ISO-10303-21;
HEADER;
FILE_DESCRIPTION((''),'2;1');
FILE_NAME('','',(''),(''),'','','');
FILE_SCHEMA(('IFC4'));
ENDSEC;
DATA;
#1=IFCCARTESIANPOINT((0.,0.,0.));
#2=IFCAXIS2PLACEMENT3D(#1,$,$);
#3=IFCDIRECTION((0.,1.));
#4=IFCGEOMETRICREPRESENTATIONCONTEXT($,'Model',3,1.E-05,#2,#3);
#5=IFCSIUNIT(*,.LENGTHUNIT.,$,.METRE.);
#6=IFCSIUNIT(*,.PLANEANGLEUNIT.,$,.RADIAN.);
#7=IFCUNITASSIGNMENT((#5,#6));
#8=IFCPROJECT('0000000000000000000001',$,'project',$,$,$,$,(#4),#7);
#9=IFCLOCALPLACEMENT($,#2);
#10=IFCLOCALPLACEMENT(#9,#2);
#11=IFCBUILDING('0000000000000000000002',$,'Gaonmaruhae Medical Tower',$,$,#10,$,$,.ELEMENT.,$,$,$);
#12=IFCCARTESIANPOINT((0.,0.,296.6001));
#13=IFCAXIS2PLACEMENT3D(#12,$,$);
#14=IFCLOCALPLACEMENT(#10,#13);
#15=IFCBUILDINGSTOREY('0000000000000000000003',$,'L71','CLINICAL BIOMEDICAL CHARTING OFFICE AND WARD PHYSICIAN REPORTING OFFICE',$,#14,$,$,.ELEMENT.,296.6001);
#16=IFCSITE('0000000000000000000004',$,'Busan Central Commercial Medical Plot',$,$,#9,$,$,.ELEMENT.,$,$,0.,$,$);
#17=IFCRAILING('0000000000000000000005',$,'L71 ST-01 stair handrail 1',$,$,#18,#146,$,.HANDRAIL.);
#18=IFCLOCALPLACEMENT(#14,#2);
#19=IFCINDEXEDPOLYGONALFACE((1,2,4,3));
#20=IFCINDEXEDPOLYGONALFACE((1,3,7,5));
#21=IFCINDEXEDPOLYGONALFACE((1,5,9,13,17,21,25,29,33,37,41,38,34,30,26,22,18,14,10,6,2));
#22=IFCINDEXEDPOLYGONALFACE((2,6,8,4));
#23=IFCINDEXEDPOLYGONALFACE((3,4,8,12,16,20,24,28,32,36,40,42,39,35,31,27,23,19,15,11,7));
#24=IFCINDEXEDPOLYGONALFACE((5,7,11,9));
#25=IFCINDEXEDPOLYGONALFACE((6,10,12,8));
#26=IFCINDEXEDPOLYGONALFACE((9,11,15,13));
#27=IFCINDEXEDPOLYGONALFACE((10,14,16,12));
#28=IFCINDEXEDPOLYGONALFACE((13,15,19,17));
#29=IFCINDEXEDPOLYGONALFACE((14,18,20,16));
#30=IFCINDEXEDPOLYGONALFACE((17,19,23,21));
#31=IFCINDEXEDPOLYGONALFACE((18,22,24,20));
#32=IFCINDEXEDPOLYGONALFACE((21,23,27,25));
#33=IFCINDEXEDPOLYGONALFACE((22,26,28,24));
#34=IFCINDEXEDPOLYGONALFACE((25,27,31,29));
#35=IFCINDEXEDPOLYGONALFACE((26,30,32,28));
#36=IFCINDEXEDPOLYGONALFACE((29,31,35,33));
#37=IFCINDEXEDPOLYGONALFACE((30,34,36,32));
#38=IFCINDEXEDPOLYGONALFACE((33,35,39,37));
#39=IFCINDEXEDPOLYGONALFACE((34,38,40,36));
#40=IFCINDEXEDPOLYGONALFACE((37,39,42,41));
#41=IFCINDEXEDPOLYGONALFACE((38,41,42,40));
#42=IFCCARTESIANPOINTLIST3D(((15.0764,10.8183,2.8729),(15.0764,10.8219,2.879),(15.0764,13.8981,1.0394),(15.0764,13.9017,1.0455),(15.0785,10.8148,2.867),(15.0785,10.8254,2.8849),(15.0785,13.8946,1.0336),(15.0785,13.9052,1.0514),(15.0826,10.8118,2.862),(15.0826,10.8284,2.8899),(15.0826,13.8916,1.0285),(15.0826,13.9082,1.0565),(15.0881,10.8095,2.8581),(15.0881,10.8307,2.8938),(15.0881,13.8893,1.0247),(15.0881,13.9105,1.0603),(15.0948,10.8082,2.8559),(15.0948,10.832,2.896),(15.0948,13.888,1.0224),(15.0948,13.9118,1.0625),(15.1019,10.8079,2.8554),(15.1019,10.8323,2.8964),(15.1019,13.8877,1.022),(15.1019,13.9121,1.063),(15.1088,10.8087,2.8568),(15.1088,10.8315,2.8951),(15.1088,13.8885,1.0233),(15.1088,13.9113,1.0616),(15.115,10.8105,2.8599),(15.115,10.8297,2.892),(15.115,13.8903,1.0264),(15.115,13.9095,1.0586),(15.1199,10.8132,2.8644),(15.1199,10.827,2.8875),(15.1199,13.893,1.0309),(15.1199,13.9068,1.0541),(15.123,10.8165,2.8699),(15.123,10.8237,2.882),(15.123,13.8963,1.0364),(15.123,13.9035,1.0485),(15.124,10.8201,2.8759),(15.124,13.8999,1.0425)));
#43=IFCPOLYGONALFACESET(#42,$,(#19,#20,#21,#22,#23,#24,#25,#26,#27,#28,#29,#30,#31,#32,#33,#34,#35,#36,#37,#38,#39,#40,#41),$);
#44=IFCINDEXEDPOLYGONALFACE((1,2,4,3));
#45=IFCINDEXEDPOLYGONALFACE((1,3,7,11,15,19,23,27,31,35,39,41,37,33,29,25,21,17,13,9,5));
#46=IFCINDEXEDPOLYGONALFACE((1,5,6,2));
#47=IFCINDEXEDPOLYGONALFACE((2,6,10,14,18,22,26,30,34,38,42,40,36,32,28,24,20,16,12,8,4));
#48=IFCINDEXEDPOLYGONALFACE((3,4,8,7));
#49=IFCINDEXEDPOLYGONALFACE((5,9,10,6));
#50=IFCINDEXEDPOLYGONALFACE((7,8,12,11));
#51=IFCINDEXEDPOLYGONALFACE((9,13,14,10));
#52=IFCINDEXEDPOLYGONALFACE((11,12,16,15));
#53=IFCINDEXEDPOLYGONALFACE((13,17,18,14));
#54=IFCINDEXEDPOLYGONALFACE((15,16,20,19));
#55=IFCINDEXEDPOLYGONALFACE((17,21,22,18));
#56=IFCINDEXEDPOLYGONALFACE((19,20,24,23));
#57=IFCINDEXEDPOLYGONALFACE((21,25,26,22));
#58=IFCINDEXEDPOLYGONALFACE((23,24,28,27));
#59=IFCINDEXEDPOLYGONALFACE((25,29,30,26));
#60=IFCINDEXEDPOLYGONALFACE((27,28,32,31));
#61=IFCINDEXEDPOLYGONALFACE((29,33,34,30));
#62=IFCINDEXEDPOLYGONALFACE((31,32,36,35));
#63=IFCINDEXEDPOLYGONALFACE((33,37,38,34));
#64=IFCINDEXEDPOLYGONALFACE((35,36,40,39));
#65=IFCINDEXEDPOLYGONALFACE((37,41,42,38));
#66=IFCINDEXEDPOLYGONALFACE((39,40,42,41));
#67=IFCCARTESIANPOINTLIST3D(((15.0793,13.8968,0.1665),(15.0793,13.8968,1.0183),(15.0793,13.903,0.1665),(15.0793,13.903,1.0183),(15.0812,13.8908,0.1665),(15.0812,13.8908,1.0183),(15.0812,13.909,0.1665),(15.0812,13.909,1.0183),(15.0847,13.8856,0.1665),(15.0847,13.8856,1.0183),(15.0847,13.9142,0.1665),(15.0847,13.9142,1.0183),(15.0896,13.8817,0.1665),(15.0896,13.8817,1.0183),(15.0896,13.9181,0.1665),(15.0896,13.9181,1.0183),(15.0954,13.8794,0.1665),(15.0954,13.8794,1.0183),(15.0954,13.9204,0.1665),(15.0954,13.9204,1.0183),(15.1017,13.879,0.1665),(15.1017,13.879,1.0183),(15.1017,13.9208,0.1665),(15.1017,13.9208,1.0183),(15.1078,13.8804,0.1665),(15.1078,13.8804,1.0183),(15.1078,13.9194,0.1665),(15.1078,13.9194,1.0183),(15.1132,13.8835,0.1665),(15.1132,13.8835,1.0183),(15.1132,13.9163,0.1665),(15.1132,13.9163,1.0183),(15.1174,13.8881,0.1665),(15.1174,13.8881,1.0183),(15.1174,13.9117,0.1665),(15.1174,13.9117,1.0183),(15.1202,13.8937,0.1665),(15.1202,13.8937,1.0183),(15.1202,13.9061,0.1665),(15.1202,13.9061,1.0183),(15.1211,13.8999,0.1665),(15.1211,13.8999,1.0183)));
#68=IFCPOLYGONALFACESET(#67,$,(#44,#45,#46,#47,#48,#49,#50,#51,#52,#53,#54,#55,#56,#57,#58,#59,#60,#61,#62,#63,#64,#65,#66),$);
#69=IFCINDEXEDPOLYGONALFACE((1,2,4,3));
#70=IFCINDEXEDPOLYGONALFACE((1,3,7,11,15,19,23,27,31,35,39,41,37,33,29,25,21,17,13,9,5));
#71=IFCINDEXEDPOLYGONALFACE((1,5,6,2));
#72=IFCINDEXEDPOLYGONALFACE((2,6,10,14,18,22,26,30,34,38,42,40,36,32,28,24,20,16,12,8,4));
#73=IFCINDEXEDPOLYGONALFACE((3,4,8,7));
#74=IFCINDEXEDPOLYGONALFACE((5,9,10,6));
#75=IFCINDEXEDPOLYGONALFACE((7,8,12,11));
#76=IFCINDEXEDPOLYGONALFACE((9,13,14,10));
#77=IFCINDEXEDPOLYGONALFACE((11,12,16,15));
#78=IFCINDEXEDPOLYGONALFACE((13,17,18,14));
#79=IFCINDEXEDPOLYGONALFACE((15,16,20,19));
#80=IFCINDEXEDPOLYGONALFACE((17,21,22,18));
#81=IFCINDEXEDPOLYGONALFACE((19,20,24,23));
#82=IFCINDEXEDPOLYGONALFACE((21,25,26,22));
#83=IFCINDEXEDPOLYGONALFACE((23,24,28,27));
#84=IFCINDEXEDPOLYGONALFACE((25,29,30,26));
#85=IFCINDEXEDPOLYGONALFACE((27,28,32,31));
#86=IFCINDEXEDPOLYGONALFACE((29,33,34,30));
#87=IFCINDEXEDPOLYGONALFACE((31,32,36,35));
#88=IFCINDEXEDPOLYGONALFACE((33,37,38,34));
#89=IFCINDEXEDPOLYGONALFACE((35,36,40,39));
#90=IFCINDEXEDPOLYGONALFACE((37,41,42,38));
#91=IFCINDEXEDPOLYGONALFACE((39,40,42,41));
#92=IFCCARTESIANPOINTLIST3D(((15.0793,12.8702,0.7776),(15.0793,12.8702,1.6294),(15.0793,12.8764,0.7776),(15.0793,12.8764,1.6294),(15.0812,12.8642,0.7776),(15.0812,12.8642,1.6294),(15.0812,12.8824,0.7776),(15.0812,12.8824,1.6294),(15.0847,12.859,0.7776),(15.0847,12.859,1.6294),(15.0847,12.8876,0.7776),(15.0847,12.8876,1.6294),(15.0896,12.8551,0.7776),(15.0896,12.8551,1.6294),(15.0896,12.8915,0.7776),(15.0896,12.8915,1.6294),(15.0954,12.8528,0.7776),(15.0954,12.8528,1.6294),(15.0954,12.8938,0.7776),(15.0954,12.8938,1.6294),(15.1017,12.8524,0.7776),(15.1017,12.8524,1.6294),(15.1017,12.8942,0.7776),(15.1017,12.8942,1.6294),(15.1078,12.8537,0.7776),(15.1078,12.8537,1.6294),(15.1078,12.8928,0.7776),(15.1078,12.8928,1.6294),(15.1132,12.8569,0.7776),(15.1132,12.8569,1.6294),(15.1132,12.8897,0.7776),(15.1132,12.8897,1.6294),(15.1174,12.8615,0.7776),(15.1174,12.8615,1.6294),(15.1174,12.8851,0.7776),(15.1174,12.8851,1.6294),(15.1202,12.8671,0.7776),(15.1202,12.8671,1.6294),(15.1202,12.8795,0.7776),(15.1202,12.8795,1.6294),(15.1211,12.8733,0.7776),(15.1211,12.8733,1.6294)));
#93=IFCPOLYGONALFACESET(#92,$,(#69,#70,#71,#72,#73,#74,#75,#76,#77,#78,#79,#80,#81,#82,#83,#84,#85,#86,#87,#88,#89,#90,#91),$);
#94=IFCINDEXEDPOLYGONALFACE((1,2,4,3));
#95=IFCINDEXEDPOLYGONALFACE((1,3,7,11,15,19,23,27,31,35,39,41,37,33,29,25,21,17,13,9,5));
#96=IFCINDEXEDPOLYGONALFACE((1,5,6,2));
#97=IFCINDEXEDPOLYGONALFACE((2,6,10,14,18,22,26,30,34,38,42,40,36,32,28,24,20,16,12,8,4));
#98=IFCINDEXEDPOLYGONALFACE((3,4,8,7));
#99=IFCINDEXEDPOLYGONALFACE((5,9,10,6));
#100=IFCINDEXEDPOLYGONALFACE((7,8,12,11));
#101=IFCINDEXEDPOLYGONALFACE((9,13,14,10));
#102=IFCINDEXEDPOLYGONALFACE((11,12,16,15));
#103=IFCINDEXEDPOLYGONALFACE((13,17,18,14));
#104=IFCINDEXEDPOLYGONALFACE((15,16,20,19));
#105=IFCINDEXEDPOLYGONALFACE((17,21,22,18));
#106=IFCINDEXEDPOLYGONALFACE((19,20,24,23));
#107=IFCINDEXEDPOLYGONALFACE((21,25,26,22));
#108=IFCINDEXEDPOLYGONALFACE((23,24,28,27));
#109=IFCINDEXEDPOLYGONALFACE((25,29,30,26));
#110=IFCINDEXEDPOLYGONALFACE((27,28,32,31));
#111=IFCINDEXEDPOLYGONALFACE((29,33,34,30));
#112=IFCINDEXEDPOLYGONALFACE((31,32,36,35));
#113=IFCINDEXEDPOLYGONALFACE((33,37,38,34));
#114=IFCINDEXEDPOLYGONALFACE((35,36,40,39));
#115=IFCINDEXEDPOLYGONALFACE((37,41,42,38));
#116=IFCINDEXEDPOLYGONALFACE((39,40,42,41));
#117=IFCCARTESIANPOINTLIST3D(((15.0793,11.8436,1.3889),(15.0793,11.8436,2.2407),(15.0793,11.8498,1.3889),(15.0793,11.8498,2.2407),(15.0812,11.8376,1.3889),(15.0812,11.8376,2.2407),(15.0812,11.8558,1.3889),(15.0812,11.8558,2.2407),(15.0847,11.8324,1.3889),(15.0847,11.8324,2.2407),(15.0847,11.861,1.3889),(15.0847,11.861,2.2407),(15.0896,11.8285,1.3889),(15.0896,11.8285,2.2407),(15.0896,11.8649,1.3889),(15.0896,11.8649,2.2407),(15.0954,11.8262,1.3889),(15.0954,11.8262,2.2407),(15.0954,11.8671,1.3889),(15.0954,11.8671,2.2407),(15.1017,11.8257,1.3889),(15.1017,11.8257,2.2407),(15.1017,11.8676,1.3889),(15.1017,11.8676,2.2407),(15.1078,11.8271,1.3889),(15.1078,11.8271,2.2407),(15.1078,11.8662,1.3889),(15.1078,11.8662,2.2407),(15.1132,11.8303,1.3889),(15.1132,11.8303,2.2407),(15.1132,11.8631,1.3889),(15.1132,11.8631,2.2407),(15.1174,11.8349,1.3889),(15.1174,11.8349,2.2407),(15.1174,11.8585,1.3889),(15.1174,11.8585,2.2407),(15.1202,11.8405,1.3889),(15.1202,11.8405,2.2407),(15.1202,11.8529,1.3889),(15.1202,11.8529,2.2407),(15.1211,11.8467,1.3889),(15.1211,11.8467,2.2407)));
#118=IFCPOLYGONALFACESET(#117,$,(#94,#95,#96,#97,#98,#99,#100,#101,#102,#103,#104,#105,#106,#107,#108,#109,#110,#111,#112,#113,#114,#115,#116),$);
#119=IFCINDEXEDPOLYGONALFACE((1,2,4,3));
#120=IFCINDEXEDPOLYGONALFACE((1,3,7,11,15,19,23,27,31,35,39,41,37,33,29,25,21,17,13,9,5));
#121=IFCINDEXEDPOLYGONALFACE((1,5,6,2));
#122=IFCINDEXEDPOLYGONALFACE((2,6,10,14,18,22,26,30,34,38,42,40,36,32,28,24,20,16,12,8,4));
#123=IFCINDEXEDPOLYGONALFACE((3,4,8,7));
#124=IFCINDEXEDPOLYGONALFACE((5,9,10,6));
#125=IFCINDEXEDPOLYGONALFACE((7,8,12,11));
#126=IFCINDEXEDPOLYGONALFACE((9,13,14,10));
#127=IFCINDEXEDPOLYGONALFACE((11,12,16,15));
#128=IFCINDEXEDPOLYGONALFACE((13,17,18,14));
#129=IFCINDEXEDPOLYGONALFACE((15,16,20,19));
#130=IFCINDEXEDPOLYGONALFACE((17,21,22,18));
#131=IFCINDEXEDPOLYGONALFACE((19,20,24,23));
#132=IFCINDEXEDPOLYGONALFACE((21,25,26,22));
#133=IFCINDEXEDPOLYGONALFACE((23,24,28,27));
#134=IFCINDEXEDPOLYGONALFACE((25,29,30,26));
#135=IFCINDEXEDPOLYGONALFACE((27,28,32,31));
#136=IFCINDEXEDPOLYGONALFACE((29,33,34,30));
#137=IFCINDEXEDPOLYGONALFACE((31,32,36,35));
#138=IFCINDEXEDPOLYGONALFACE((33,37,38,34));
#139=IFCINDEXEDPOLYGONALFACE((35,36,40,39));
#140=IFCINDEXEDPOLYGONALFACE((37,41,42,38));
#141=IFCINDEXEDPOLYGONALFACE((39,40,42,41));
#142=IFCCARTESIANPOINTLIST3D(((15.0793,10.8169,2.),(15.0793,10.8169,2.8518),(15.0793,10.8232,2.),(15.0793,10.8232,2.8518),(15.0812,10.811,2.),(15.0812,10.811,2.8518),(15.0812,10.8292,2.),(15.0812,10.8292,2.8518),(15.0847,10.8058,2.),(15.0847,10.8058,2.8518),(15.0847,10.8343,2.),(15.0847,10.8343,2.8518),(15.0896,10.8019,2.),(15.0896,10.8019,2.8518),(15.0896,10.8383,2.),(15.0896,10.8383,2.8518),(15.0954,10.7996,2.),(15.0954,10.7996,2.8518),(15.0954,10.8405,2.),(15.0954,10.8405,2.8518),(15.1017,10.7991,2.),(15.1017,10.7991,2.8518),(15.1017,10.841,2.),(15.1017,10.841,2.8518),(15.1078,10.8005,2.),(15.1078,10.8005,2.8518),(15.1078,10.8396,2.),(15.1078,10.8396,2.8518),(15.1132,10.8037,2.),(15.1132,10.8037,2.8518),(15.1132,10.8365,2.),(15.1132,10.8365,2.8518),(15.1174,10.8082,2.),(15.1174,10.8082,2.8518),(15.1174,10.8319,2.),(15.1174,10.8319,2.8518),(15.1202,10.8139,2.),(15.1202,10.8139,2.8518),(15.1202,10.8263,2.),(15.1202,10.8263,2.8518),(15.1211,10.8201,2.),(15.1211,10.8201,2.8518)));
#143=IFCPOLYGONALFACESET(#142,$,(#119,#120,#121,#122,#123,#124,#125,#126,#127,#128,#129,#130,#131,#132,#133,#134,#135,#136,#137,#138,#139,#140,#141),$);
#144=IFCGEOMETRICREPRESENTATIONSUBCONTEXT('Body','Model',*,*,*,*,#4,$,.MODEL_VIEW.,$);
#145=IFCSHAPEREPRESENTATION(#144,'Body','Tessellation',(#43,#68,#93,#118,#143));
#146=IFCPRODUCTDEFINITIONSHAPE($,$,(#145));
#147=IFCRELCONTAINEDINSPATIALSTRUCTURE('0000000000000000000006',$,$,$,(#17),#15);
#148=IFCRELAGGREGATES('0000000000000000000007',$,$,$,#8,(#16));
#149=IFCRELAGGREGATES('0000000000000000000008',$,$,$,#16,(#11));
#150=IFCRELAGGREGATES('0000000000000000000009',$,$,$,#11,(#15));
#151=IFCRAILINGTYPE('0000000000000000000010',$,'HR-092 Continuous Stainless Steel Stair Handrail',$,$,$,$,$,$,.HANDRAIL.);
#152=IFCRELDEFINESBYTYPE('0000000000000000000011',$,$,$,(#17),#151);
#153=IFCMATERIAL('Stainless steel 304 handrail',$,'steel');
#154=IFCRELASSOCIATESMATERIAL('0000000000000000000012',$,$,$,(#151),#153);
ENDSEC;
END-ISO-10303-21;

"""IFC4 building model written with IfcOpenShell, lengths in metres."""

from ifc_helpers import new_model, si_unit, direction, frame, origin, origin_2d, place, context, subcontext, project, spatial, circle, extrude, material, type_object, element, save


model = new_model("IFC4")

# Units and contexts
model_context = context("Model", 3, precision=1e-05, world=origin(), true_north=direction((0.0, 1.0)))
body_context = subcontext(model_context, "Body", "Model", "MODEL_VIEW")
ifc_project = project(units=[si_unit("LENGTHUNIT", "METRE"), si_unit("PLANEANGLEUNIT", "RADIAN")], contexts=[model_context])

# Site, building, storey
site_placement = place(None, origin())
site = spatial("IfcSite", under=ifc_project, at=site_placement, Name="Busan Central Commercial Medical Plot", CompositionType="ELEMENT", RefElevation=0.0)
building_placement = place(site_placement, origin())
building = spatial("IfcBuilding", under=site, at=building_placement, Name="Gaonmaruhae Medical Tower", CompositionType="ELEMENT")
storey_placement = place(building_placement, frame((0.0, 0.0, 296.6001)))
storey = spatial("IfcBuildingStorey", under=building, at=storey_placement, Name="L71", Description="CLINICAL BIOMEDICAL CHARTING OFFICE AND WARD PHYSICIAN REPORTING OFFICE", CompositionType="ELEMENT", Elevation=296.6001)

# Railing
ifc_material_1 = material(Name="Stainless steel 304 handrail", Category="steel")
railing_type_1 = type_object("IfcRailingType", Name="HR-092 Continuous Stainless Steel Stair Handrail", PredefinedType="HANDRAIL", material=ifc_material_1)
railing_1_placement = place(storey_placement, frame((15.1001, 13.8999, 0.1665)))
element("IfcRailing", 1, at=railing_1_placement, inside=storey, type_object=railing_type_1, Name="L71 ST-01 stair handrail 1", PredefinedType="HANDRAIL", context=body_context, shape_type="SweptSolid", body=[
    extrude(circle(Radius=0.0239, at=origin_2d()), frame((0.0, 0.0, 0.876), z_axis=(0.0, -0.859261, 0.511538), x_axis=(1.0, 0.0, 0.0)), (0.0, 0.0, 1.0), 3.5842),
    extrude(circle(Radius=0.021, at=origin_2d()), origin(), (0.0, 0.0, 1.0), 0.8518),
    extrude(circle(Radius=0.021, at=origin_2d()), frame((0.0, -1.0266, 0.6111)), (0.0, 0.0, 1.0), 0.8518),
    extrude(circle(Radius=0.021, at=origin_2d()), frame((0.0, -2.0532, 1.2224)), (0.0, 0.0, 1.0), 0.8518),
    extrude(circle(Radius=0.021, at=origin_2d()), frame((0.0, -3.0798, 1.8335)), (0.0, 0.0, 1.0), 0.8518),
])

save(model, "model.ifc")
